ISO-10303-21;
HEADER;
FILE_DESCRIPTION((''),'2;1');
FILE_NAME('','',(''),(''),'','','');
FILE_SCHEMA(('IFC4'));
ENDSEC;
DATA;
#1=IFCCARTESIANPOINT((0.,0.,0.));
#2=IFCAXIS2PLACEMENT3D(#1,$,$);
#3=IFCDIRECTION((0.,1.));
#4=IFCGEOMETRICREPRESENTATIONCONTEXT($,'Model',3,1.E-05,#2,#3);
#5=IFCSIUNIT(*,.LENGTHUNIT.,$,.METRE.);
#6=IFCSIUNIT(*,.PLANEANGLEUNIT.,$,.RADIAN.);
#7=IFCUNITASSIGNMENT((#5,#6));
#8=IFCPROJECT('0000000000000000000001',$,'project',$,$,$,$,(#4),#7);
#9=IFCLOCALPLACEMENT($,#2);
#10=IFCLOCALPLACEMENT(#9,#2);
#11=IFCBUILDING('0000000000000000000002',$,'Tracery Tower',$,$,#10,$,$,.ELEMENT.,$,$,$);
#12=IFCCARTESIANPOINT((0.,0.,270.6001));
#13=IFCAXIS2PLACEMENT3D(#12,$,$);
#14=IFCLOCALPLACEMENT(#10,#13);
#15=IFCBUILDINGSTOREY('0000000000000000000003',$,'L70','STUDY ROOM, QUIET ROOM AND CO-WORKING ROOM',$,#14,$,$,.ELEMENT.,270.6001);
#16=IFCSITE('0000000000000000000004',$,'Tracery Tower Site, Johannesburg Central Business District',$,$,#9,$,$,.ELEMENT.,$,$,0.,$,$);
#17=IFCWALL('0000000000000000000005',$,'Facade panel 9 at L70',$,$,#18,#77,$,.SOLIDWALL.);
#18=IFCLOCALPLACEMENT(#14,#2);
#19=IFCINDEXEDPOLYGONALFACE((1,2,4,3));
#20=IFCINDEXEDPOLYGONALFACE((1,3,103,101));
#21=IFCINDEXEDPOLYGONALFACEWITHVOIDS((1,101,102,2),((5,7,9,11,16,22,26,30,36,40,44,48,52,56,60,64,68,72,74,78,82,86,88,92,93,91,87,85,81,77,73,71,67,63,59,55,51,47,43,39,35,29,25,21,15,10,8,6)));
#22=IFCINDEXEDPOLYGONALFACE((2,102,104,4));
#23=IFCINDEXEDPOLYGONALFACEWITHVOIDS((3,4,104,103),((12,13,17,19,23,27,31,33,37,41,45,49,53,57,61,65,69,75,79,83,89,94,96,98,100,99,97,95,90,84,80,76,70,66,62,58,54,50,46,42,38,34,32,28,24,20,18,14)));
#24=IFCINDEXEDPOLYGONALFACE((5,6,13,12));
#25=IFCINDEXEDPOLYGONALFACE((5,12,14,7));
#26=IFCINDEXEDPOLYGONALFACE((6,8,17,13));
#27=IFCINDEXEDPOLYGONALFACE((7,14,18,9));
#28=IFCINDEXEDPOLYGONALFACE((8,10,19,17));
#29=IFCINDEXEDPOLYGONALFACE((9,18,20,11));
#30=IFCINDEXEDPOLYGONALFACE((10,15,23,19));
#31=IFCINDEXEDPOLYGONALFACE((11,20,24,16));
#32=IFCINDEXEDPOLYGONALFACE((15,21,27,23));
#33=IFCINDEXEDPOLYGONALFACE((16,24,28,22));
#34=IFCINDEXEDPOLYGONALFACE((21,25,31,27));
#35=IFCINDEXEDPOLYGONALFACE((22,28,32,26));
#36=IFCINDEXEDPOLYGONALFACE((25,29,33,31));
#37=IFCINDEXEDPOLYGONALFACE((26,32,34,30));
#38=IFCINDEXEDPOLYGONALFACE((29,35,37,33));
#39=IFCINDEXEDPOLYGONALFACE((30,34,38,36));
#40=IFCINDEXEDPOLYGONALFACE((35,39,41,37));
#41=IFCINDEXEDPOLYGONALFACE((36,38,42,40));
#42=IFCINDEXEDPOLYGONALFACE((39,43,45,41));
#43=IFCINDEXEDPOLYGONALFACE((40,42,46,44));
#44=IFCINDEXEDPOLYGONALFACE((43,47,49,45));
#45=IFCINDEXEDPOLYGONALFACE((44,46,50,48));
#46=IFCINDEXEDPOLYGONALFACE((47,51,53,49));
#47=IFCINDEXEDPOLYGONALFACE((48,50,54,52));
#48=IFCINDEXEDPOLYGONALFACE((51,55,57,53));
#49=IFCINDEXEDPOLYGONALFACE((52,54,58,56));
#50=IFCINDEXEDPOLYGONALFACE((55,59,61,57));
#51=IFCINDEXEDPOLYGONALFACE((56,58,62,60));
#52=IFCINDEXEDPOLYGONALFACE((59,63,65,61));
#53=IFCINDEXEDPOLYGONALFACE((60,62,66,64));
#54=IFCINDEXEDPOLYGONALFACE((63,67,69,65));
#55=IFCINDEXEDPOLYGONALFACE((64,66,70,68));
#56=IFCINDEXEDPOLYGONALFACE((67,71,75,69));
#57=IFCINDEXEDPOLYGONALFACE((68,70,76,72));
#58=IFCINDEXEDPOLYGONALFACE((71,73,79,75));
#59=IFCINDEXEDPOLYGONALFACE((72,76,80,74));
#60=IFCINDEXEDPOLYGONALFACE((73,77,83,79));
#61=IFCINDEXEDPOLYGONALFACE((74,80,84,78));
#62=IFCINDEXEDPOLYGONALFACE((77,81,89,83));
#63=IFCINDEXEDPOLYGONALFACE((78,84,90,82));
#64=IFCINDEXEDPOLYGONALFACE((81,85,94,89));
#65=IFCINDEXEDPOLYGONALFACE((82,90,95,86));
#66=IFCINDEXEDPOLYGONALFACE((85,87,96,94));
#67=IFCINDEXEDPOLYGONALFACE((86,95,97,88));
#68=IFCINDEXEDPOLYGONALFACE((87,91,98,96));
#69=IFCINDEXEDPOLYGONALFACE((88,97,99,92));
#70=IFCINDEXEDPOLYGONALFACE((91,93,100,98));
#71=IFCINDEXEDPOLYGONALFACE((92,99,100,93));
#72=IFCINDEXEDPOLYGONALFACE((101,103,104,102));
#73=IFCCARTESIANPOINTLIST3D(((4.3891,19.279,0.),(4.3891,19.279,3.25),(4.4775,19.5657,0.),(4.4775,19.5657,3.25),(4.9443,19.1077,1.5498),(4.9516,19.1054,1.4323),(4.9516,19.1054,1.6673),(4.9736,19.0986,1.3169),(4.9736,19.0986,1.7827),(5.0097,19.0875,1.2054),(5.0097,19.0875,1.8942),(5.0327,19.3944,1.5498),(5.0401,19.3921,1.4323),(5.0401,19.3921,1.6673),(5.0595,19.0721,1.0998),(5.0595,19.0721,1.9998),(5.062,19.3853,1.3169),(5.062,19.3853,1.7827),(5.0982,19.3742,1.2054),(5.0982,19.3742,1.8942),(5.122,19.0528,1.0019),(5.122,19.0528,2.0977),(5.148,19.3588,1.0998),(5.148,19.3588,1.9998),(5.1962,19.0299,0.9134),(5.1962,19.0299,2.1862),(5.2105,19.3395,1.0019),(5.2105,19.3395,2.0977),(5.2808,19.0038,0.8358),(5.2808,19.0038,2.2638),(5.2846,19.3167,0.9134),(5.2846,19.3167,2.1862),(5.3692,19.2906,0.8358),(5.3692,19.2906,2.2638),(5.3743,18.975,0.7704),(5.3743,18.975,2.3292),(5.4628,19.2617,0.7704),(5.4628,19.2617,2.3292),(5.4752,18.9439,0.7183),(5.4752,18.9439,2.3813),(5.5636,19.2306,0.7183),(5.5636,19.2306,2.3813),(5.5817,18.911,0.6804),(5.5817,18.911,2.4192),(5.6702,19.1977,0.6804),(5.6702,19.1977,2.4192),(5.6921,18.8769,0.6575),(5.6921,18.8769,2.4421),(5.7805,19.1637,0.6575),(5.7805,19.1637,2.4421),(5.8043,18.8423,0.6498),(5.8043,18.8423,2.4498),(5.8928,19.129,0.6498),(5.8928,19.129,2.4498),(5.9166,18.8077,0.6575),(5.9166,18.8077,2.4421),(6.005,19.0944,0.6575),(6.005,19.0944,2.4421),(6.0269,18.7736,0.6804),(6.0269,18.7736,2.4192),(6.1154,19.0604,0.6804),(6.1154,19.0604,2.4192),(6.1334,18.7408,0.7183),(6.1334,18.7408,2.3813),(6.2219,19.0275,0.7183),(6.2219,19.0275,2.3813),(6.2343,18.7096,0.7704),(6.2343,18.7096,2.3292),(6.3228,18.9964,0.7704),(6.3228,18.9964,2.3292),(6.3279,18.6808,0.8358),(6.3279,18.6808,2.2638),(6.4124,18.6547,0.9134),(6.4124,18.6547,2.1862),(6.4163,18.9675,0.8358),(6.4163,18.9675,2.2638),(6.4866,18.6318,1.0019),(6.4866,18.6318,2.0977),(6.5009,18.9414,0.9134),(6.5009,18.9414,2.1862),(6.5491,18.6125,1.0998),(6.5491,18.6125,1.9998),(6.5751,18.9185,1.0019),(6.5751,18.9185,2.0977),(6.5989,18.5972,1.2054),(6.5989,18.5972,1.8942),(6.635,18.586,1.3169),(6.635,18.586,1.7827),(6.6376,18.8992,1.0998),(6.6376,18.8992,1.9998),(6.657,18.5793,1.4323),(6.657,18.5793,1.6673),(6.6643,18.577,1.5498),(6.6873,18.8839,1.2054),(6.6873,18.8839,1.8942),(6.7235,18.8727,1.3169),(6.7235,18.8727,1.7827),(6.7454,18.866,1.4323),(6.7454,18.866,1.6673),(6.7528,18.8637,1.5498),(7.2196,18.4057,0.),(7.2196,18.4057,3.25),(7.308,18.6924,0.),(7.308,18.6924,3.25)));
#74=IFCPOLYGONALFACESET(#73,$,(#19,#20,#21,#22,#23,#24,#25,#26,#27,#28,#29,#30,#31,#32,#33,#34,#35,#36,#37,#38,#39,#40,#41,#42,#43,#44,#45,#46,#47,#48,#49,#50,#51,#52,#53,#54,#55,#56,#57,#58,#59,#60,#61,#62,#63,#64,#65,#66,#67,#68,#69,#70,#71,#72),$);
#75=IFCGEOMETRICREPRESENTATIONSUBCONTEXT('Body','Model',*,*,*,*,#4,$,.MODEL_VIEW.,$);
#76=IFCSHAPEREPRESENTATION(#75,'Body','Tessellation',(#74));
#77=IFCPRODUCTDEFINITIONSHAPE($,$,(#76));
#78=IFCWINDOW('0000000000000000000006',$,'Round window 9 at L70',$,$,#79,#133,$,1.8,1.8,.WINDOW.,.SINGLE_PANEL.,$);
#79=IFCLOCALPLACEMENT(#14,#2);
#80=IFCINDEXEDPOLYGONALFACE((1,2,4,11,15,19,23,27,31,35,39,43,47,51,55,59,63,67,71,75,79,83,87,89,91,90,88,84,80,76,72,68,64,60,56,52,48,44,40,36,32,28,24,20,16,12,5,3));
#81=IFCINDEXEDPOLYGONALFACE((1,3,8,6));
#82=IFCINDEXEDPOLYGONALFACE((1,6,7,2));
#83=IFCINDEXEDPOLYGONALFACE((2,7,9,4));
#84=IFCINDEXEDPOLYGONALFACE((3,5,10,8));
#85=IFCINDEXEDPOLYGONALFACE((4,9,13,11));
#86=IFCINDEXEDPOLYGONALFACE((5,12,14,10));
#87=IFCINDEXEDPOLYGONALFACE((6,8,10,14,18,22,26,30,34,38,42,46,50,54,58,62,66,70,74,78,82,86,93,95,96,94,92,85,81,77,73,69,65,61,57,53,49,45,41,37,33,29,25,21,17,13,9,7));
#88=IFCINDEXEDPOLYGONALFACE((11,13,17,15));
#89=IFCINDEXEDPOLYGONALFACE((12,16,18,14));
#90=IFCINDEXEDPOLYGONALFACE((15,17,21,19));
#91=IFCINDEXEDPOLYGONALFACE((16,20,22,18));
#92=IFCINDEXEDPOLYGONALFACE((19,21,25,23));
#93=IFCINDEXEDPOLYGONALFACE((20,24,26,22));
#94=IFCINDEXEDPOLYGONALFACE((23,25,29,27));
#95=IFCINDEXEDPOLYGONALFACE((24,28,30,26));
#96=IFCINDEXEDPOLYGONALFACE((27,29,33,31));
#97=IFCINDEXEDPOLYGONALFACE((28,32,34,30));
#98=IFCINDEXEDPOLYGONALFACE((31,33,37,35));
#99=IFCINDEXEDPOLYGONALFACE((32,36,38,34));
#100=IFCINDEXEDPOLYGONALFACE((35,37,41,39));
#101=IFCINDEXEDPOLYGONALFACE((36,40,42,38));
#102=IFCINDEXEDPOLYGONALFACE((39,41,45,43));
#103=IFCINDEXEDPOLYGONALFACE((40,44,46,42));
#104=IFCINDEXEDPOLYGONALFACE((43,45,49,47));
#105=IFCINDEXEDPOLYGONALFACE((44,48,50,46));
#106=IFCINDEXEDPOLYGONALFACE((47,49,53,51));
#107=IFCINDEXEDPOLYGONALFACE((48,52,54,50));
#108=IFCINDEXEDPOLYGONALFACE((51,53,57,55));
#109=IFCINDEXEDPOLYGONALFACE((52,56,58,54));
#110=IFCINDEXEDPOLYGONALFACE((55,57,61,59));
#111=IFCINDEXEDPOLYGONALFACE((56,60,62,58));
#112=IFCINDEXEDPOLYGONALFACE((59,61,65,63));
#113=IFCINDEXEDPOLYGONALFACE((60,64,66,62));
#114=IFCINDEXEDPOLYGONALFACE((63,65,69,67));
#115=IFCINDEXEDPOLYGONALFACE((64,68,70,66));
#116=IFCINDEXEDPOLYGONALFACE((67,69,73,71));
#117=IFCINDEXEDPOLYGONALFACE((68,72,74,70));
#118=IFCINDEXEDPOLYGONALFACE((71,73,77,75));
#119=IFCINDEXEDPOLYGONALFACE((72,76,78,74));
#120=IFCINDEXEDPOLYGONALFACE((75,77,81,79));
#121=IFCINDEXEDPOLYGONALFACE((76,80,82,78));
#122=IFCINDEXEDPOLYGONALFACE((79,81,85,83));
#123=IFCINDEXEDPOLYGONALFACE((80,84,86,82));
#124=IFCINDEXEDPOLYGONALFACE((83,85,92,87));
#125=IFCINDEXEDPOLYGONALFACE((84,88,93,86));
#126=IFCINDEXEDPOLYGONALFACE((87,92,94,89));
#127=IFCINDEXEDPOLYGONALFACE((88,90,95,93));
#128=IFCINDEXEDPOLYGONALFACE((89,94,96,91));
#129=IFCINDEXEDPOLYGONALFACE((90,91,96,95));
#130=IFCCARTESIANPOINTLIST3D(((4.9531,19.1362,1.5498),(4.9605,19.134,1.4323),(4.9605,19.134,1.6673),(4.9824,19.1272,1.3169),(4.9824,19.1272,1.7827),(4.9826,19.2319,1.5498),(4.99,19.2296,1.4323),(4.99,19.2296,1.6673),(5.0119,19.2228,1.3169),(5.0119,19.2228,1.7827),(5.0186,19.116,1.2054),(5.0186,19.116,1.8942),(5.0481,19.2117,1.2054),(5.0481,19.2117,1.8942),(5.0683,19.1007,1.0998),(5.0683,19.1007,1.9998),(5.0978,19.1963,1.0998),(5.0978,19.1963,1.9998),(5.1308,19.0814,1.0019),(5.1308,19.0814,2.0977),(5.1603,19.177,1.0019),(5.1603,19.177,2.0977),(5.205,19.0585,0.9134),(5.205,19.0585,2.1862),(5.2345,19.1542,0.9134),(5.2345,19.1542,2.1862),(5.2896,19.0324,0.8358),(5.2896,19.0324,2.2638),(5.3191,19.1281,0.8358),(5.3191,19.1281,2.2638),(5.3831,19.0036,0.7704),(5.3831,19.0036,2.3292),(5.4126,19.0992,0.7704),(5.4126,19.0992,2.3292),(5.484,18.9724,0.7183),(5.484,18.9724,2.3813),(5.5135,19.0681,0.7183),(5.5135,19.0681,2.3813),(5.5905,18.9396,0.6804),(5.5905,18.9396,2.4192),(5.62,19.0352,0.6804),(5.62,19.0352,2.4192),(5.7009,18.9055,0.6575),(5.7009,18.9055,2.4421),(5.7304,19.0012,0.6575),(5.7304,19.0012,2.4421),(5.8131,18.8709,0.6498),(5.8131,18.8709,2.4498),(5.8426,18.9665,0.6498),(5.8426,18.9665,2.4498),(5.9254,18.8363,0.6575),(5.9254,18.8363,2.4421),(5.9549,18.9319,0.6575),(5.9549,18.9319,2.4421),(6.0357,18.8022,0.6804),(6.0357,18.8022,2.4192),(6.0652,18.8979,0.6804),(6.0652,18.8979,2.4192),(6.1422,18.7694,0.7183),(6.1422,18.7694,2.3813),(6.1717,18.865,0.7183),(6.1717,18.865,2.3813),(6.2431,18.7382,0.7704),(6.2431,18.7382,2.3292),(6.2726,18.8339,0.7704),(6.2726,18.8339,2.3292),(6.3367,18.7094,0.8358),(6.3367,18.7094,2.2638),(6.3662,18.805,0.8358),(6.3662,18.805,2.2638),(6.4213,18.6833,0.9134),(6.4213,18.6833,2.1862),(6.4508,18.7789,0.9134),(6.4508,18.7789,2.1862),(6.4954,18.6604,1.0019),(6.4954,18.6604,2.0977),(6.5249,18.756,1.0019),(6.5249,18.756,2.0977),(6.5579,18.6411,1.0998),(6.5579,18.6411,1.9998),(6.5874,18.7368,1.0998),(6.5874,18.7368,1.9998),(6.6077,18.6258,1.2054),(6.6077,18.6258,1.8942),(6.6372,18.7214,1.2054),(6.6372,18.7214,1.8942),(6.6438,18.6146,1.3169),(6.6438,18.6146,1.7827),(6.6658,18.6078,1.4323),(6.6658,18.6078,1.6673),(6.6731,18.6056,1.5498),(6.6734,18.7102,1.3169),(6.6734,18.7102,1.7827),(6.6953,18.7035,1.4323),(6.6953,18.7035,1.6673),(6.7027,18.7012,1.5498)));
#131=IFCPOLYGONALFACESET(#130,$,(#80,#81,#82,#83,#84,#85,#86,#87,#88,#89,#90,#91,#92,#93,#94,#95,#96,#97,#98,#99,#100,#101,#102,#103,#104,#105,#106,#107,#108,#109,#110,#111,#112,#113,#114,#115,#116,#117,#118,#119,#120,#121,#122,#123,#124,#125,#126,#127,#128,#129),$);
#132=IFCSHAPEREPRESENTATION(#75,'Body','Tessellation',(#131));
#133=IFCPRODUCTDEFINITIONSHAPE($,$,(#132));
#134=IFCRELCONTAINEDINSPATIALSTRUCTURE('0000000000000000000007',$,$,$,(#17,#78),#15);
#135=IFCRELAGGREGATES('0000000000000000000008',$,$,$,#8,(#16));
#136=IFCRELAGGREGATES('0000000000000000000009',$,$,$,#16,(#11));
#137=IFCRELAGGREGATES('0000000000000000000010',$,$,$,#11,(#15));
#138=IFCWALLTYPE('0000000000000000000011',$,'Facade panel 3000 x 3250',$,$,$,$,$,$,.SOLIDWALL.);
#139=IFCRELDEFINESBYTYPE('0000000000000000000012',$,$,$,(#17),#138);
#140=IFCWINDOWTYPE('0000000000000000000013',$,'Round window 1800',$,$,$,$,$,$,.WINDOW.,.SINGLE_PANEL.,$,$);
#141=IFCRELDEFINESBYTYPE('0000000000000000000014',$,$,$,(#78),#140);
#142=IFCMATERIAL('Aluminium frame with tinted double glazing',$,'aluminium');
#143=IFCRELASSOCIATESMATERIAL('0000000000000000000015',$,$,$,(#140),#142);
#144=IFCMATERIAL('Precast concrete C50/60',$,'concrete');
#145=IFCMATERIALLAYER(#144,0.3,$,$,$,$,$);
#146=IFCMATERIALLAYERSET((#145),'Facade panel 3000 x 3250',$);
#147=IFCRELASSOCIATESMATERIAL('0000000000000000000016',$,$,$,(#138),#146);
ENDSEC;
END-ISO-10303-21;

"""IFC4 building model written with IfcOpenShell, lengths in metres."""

from ifc_helpers import new_model, si_unit, direction, frame, frame_2d, origin, origin_2d, place, context, subcontext, project, spatial, rectangle, circle, extrude, material, layer, layer_set, type_object, element, fill, save


model = new_model("IFC4")

# Units and contexts
model_context = context("Model", 3, precision=1e-05, world=origin(), true_north=direction((0.0, 1.0)))
body_context = subcontext(model_context, "Body", "Model", "MODEL_VIEW")
ifc_project = project(units=[si_unit("LENGTHUNIT", "METRE"), si_unit("PLANEANGLEUNIT", "RADIAN")], contexts=[model_context])

# Site, building, storey
site_placement = place(None, origin())
site = spatial("IfcSite", under=ifc_project, at=site_placement, Name="Tracery Tower Site, Johannesburg Central Business District", CompositionType="ELEMENT", RefElevation=0.0)
building_placement = place(site_placement, origin())
building = spatial("IfcBuilding", under=site, at=building_placement, Name="Tracery Tower", CompositionType="ELEMENT")
storey_placement = place(building_placement, frame((0.0, 0.0, 270.6001)))
storey = spatial("IfcBuildingStorey", under=building, at=storey_placement, Name="L70", Description="STUDY ROOM, QUIET ROOM AND CO-WORKING ROOM", CompositionType="ELEMENT", Elevation=270.6001)

# Wall, opening, window
ifc_material_1 = material(Name="Aluminium frame with tinted double glazing", Category="aluminium")
window_type = type_object("IfcWindowType", Name="Round window 1800", PartitioningType="SINGLE_PANEL", PredefinedType="WINDOW", material=ifc_material_1)
ifc_material_2 = material(Name="Precast concrete C50/60", Category="concrete")
ifc_layer_1 = layer(ifc_material_2, 0.3)
ifc_layer_set_1 = layer_set([ifc_layer_1], Name="Facade panel 3000 x 3250")
wall_type_1 = type_object("IfcWallType", Name="Facade panel 3000 x 3250", PredefinedType="SOLIDWALL", material=ifc_layer_set_1)
wall_1_placement = place(storey_placement, frame((7.2637, 18.5491, 0.0), z_axis=(0.0, 0.0, 1.0), x_axis=(-0.955556, 0.29481, 0.0)))
wall_1 = element("IfcWall", 1, at=wall_1_placement, inside=storey, type_object=wall_type_1, Name="Facade panel 9 at L70", PredefinedType="SOLIDWALL", context=body_context, shape_type="SweptSolid", body=[
    extrude(rectangle(XDim=2.9622, YDim=0.3, at=frame_2d((1.481, 0.0))), origin(), (0.0, 0.0, 1.0), 3.25),
])
opening_1_placement = place(wall_1_placement, frame((1.481, 0.0, 1.5498)))
opening_1 = element("IfcOpeningElement", 2, at=opening_1_placement, cuts=wall_1, PredefinedType="OPENING", context=body_context, shape_type="SweptSolid", body=[
    extrude(circle(Radius=0.9, at=origin_2d()), frame((0.0, 0.1599, 0.0), z_axis=(0.0, -1.0, 0.0), x_axis=(1.0, 0.0, 0.0)), (0.0, 0.0, 1.0), 0.3201),
])
window_1_placement = place(opening_1_placement, origin())
window_1 = element("IfcWindow", 3, at=window_1_placement, inside=storey, type_object=window_type, Name="Round window 9 at L70", OverallHeight=1.8, OverallWidth=1.8, PartitioningType="SINGLE_PANEL", PredefinedType="WINDOW", context=body_context, shape_type="SweptSolid", body=[
    extrude(circle(Radius=0.9, at=origin_2d()), frame((0.0, 0.1201, 0.0), z_axis=(0.0, -1.0, 0.0), x_axis=(1.0, 0.0, 0.0)), (0.0, 0.0, 1.0), 0.1001),
])
fill(opening_1, window_1)

save(model, "model.ifc")
